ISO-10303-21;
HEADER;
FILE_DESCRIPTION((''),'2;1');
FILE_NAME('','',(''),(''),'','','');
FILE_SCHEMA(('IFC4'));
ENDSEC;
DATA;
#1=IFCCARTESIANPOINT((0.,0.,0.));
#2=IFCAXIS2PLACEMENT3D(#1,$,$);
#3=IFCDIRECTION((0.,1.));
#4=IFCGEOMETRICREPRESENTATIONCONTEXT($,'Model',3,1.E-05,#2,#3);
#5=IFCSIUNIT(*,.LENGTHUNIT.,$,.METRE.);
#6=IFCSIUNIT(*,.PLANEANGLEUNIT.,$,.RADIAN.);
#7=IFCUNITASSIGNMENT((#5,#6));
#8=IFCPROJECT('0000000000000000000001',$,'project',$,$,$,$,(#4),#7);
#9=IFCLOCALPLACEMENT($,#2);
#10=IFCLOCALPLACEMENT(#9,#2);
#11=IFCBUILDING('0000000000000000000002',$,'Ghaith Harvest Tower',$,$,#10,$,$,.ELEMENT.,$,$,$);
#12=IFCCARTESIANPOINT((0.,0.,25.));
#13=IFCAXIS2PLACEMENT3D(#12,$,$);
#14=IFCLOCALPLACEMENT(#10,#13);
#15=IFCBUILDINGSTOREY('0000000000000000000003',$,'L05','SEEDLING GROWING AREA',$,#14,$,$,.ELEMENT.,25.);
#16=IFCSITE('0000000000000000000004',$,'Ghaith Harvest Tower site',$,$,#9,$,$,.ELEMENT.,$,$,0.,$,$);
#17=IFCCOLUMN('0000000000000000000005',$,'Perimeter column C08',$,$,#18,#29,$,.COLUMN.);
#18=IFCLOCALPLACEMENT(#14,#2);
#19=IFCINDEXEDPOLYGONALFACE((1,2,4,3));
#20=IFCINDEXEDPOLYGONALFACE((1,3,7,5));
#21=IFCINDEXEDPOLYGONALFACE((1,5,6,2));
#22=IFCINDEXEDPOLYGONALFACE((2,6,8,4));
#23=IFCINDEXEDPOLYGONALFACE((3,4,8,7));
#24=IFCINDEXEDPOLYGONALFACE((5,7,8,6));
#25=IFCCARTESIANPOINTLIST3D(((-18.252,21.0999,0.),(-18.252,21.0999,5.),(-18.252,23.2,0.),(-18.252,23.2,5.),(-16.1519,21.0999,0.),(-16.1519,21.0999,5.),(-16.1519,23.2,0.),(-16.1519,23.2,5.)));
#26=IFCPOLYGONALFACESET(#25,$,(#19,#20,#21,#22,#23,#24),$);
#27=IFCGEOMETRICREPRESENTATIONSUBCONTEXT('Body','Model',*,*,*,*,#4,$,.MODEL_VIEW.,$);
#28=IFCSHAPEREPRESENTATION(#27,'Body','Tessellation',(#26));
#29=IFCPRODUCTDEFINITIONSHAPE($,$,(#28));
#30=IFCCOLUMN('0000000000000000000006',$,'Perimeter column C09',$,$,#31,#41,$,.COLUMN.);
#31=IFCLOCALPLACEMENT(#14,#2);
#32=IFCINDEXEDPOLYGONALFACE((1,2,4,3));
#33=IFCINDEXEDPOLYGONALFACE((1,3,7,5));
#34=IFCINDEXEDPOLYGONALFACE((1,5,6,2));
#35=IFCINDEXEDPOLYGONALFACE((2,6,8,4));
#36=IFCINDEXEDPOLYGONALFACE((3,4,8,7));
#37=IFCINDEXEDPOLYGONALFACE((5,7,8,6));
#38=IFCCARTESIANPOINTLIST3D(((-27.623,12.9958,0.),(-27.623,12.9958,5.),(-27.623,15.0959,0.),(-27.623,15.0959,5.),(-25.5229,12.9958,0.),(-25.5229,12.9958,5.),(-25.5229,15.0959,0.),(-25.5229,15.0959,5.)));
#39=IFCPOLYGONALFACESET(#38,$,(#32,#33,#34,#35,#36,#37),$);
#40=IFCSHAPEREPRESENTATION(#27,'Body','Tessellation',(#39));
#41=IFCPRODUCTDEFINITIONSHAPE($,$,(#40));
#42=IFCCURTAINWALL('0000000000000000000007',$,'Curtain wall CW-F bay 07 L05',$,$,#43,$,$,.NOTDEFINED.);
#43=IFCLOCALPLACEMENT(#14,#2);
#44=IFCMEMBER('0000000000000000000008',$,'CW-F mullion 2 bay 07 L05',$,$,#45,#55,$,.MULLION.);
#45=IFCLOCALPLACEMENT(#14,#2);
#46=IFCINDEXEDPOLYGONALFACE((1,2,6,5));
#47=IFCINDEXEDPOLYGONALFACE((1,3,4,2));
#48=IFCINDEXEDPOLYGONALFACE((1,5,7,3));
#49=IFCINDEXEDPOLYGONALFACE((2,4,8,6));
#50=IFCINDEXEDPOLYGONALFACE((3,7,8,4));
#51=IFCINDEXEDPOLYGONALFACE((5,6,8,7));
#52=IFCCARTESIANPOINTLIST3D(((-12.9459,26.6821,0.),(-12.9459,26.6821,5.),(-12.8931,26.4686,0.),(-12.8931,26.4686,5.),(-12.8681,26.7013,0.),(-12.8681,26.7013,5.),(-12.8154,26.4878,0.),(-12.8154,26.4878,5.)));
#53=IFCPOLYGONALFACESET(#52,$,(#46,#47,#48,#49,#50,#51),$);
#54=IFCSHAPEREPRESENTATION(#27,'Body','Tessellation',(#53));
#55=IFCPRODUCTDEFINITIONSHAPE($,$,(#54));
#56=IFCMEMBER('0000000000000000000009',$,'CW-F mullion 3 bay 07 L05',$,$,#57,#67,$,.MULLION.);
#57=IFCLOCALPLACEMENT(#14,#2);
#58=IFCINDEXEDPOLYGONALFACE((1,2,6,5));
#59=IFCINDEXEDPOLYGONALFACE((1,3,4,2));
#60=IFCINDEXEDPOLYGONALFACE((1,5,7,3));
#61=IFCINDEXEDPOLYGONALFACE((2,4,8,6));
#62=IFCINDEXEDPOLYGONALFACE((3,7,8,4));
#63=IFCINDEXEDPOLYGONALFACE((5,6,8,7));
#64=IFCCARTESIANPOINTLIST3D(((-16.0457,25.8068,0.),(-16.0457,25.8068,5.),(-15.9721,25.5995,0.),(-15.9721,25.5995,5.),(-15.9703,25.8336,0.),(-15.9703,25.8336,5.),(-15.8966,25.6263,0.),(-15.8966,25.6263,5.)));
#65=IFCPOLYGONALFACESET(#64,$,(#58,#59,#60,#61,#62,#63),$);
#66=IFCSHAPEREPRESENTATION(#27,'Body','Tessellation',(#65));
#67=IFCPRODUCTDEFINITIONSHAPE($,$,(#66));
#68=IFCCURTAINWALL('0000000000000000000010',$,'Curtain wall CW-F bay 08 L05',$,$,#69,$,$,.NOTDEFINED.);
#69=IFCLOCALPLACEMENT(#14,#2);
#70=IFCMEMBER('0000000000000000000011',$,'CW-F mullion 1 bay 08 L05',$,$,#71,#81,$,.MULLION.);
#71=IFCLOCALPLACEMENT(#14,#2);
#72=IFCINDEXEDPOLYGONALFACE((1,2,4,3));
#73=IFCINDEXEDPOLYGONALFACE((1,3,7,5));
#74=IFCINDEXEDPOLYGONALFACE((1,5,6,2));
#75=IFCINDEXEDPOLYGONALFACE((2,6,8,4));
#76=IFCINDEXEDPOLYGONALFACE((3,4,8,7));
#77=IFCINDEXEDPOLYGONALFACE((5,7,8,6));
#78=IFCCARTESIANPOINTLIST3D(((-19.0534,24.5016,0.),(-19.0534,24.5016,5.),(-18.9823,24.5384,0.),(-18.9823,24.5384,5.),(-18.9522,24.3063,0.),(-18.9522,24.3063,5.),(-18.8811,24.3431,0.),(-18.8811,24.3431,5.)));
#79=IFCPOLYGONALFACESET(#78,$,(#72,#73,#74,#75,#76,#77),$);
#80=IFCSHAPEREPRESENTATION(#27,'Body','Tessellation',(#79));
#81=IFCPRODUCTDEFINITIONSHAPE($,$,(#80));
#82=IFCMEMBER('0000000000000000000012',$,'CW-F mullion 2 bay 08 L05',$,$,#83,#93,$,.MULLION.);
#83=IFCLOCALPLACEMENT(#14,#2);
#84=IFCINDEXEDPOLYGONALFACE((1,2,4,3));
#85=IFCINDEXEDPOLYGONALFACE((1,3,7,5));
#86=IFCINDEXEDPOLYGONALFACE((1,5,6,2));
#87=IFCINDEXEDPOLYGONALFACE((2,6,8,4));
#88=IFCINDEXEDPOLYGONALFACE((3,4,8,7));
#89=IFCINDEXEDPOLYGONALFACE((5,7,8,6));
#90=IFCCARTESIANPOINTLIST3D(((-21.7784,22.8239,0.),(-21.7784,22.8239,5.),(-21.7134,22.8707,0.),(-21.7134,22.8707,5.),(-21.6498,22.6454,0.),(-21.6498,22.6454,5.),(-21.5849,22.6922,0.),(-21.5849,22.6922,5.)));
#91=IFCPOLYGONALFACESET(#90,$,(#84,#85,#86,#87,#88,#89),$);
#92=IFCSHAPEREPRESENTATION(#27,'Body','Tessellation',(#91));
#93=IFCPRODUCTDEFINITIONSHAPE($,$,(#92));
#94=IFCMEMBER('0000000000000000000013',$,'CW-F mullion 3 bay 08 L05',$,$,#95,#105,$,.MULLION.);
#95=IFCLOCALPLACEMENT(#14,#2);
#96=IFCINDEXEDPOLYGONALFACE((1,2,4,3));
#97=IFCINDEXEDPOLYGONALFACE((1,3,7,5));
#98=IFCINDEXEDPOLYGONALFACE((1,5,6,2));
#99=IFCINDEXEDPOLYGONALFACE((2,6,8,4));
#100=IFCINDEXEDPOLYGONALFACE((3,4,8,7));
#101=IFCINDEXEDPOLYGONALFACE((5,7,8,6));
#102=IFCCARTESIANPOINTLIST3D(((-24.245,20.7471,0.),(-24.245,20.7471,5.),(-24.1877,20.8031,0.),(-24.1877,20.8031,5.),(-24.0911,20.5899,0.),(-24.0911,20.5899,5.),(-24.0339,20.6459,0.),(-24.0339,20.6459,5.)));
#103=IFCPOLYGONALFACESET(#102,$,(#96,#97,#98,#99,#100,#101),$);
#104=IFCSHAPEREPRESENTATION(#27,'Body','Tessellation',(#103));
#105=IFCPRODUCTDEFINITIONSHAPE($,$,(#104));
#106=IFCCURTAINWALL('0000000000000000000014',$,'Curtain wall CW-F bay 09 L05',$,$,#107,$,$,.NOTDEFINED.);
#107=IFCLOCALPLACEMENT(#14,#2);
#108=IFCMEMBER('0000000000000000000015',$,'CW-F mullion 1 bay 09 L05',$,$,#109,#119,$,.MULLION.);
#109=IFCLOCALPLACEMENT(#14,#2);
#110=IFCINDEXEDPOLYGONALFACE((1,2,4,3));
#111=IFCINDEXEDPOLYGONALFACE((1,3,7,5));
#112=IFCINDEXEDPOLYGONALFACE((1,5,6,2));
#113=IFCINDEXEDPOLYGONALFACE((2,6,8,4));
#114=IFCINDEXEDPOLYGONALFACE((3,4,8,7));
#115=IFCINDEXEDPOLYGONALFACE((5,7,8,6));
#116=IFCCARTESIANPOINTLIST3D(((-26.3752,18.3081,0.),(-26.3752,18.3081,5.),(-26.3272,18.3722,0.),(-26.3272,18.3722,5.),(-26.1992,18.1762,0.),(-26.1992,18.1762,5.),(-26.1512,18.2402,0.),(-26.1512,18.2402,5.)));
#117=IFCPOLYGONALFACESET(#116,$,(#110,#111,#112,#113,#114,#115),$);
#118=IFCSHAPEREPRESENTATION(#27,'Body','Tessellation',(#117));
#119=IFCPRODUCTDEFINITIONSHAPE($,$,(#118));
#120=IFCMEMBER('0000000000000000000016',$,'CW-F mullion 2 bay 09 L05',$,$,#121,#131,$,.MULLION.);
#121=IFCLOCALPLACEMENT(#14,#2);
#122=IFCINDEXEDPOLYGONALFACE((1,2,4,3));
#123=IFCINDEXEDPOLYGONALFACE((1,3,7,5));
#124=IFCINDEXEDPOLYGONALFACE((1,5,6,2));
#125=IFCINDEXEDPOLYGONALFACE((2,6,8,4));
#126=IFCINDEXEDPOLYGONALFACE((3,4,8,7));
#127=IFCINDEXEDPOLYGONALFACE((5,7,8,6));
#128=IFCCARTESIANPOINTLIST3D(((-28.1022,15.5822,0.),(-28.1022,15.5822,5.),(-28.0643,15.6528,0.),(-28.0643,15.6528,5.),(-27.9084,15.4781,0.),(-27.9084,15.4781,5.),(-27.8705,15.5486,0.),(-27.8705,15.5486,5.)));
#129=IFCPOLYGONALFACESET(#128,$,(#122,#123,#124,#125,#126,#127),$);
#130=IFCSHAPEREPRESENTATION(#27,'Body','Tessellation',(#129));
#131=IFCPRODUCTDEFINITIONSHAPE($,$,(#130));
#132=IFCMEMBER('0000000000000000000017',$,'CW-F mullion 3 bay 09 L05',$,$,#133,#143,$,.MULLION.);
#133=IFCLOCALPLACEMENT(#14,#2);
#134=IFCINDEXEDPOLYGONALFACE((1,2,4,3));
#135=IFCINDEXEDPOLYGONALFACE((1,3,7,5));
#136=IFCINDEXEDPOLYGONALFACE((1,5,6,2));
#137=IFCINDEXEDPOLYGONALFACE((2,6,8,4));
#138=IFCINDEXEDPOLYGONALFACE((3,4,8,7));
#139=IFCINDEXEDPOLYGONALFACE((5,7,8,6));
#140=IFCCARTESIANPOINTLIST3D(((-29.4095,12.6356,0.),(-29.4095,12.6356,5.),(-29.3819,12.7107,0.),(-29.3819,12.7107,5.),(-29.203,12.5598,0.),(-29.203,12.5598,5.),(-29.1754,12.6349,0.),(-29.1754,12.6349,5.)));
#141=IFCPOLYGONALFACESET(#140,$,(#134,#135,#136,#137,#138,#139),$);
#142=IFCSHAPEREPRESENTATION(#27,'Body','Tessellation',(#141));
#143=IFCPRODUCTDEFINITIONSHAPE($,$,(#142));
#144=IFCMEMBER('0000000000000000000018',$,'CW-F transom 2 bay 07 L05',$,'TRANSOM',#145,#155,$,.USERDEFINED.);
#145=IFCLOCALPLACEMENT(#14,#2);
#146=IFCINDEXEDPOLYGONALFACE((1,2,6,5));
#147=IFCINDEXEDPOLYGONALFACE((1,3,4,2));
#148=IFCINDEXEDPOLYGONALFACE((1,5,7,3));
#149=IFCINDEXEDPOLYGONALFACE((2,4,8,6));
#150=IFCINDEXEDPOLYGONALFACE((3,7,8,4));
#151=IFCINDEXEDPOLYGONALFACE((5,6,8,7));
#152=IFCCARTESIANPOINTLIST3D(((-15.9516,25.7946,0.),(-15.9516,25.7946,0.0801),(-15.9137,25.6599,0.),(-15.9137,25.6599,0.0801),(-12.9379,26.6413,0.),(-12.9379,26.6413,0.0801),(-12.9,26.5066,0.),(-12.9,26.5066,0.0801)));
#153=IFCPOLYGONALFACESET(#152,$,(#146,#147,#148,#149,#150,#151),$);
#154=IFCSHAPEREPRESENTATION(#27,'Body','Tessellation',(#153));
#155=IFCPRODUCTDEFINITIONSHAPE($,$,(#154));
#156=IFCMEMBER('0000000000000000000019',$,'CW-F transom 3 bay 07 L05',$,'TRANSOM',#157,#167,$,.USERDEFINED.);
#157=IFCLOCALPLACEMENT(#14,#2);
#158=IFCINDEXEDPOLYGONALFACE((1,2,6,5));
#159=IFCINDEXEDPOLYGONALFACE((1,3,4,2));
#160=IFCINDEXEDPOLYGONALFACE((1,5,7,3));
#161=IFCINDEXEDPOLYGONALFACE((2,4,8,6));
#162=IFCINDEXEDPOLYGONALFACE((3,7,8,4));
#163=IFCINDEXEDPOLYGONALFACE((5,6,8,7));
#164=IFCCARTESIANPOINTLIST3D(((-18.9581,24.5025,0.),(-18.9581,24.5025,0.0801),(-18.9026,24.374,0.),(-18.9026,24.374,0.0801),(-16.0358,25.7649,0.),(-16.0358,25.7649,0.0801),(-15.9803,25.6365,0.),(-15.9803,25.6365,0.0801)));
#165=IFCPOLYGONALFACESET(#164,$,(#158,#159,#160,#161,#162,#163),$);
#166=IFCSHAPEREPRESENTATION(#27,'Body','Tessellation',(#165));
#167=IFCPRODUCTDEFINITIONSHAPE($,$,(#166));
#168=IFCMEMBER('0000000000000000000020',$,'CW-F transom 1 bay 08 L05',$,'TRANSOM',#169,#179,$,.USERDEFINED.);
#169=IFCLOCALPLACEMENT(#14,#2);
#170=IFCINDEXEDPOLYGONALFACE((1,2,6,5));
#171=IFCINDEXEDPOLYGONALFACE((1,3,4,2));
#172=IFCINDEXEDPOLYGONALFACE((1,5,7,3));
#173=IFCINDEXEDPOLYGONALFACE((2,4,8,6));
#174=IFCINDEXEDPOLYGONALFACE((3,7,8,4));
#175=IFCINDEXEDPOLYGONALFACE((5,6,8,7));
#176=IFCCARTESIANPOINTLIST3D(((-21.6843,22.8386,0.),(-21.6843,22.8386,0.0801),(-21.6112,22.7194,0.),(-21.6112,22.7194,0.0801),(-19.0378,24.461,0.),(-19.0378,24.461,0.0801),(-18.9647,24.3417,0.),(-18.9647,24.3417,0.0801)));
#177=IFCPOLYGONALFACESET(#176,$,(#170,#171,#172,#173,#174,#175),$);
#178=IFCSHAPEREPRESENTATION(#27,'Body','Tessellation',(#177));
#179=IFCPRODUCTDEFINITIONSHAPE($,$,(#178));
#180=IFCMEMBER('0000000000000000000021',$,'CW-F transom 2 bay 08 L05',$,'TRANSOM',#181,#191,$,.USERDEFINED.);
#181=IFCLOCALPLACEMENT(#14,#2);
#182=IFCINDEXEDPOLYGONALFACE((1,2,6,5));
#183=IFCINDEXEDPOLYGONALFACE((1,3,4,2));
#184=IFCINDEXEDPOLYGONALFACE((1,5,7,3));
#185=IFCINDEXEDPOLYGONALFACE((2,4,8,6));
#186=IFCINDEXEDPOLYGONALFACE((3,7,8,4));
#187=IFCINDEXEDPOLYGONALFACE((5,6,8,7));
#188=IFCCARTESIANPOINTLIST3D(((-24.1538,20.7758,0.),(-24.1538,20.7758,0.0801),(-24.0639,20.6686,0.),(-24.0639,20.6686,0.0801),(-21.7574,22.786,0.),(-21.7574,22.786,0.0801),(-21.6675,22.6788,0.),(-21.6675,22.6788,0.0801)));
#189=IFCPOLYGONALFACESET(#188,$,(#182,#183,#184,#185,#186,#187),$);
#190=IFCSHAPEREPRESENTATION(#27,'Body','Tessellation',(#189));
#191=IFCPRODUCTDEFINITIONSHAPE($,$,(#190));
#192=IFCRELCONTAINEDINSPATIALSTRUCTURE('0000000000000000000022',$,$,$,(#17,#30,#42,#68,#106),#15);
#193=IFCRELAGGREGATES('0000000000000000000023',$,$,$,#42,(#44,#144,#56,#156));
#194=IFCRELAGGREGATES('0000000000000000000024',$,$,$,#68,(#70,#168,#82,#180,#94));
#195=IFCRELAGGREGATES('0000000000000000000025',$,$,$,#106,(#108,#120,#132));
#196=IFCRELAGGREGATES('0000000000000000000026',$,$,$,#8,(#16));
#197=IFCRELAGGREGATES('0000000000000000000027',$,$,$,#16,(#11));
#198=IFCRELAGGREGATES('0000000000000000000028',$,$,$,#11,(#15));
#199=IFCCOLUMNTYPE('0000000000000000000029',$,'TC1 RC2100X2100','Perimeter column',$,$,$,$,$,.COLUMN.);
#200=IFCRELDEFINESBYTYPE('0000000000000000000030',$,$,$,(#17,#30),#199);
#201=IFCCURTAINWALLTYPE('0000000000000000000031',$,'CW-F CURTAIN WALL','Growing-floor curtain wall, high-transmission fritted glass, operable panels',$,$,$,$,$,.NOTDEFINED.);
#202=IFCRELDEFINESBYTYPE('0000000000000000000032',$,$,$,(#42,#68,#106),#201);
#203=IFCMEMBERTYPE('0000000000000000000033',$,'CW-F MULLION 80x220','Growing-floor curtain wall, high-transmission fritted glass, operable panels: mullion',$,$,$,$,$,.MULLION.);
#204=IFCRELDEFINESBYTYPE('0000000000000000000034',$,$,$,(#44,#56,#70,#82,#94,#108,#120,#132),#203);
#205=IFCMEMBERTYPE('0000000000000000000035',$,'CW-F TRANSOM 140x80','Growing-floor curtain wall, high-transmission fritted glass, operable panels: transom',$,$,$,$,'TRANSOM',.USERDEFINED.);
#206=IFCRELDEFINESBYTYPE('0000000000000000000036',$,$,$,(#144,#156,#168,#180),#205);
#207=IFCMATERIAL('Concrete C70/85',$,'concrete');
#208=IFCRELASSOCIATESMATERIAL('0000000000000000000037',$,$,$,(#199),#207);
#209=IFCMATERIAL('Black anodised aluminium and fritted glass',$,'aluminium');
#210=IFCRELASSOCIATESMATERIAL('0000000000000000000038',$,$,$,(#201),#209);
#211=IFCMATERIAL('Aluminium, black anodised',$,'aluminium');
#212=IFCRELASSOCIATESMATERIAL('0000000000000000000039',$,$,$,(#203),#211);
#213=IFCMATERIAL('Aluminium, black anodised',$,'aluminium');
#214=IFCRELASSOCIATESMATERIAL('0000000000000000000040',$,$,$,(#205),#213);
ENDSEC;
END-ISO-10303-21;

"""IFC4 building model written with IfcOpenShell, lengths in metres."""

from ifc_helpers import new_model, si_unit, direction, frame, origin, origin_2d, place, context, subcontext, project, spatial, rectangle, extrude, material, material_profile, profile_set, type_object, element, aggregate, save


model = new_model("IFC4")

# Units and contexts
model_context = context("Model", 3, precision=1e-05, world=origin(), true_north=direction((0.0, 1.0)))
body_context = subcontext(model_context, "Body", "Model", "MODEL_VIEW")
ifc_project = project(units=[si_unit("LENGTHUNIT", "METRE"), si_unit("PLANEANGLEUNIT", "RADIAN")], contexts=[model_context])

# Site, building, storey
site_placement = place(None, origin())
site = spatial("IfcSite", under=ifc_project, at=site_placement, Name="Ghaith Harvest Tower site", CompositionType="ELEMENT", RefElevation=0.0)
building_placement = place(site_placement, origin())
building = spatial("IfcBuilding", under=site, at=building_placement, Name="Ghaith Harvest Tower", CompositionType="ELEMENT")
storey_placement = place(building_placement, frame((0.0, 0.0, 25.0)))
storey = spatial("IfcBuildingStorey", under=building, at=storey_placement, Name="L05", Description="SEEDLING GROWING AREA", CompositionType="ELEMENT", Elevation=25.0)

# Columns
ifc_material_1 = material(Name="Concrete C70/85", Category="concrete")
ifc_material_profile_1 = material_profile(ifc_material_1, rectangle(XDim=2.1001, YDim=2.1001, at=origin_2d()), Name="RC2100X2100")
ifc_profile_set_1 = profile_set([ifc_material_profile_1], Name="Concrete C70/85")
column_type = type_object("IfcColumnType", Name="TC1 RC2100X2100", Description="Perimeter column", PredefinedType="COLUMN", material=ifc_profile_set_1)
for number, where, z_axis, x_axis, name in (
    (1, (-17.2019, 22.1499, 0.0), (0.0, 0.0, 1.0), (1.0, 0.0, 0.0), "Perimeter column C08"),
    (2, (-26.573, 14.0459, 0.0), (0.0, 0.0, 1.0), (1.0, 0.0, 0.0), "Perimeter column C09"),
):
    element("IfcColumn", number, at=place(storey_placement, frame(where, z_axis=z_axis, x_axis=x_axis)), inside=storey, type_object=column_type, Name=name, PredefinedType="COLUMN", context=body_context, shape_type="SweptSolid", body=[
        extrude(rectangle(XDim=2.1001, YDim=2.1001, at=origin_2d()), origin(), (0.0, 0.0, 1.0), 5.0),
    ])

# Curtain walls, members
ifc_material_2 = material(Name="Black anodised aluminium and fritted glass", Category="aluminium")
curtain_wall_type = type_object("IfcCurtainWallType", Name="CW-F CURTAIN WALL", Description="Growing-floor curtain wall, high-transmission fritted glass, operable panels", PredefinedType="NOTDEFINED", material=ifc_material_2)
curtain_wall_1_placement = place(storey_placement, origin())
curtain_wall_1 = element("IfcCurtainWall", 3, at=curtain_wall_1_placement, inside=storey, type_object=curtain_wall_type, Name="Curtain wall CW-F bay 07 L05", PredefinedType="NOTDEFINED")
ifc_material_3 = material(Name="Aluminium, black anodised", Category="aluminium")
ifc_material_profile_2 = material_profile(ifc_material_3, rectangle(XDim=0.0801, YDim=0.22, at=origin_2d()), Name="CW-F MULLION 80x220")
ifc_profile_set_2 = profile_set([ifc_material_profile_2], Name="Aluminium, black anodised")
member_type_1 = type_object("IfcMemberType", Name="CW-F MULLION 80x220", Description="Growing-floor curtain wall, high-transmission fritted glass, operable panels: mullion", PredefinedType="MULLION", material=ifc_profile_set_2)
member_1_placement = place(storey_placement, frame((-12.8806, 26.585, 0.0), z_axis=(0.0, 0.0, 1.0), x_axis=(-0.970825, -0.239791, 0.0)))
member_1 = element("IfcMember", 4, at=member_1_placement, type_object=member_type_1, Name="CW-F mullion 2 bay 07 L05", PredefinedType="MULLION", context=body_context, shape_type="SweptSolid", body=[
    extrude(rectangle(XDim=0.0801, YDim=0.22, at=origin_2d()), origin(), (0.0, 0.0, 1.0), 5.0),
])
member_2_placement = place(storey_placement, frame((-15.9712, 25.7166, 0.0), z_axis=(0.0, 0.0, 1.0), x_axis=(-0.942294, -0.334788, 0.0)))
member_2 = element("IfcMember", 5, at=member_2_placement, type_object=member_type_1, Name="CW-F mullion 3 bay 07 L05", PredefinedType="MULLION", context=body_context, shape_type="SweptSolid", body=[
    extrude(rectangle(XDim=0.0801, YDim=0.22, at=origin_2d()), origin(), (0.0, 0.0, 1.0), 5.0),
])
curtain_wall_2_placement = place(storey_placement, origin())
curtain_wall_2 = element("IfcCurtainWall", 6, at=curtain_wall_2_placement, inside=storey, type_object=curtain_wall_type, Name="Curtain wall CW-F bay 08 L05", PredefinedType="NOTDEFINED")
member_3_placement = place(storey_placement, frame((-18.9673, 24.4224, 0.0), z_axis=(0.0, 0.0, 1.0), x_axis=(-0.887912, -0.460013, 0.0)))
member_3 = element("IfcMember", 7, at=member_3_placement, type_object=member_type_1, Name="CW-F mullion 1 bay 08 L05", PredefinedType="MULLION", context=body_context, shape_type="SweptSolid", body=[
    extrude(rectangle(XDim=0.0801, YDim=0.22, at=origin_2d()), origin(), (0.0, 0.0, 1.0), 5.0),
])
member_4_placement = place(storey_placement, frame((-21.6816, 22.7581, 0.0), z_axis=(0.0, 0.0, 1.0), x_axis=(-0.811401, -0.58449, 0.0)))
member_4 = element("IfcMember", 8, at=member_4_placement, type_object=member_type_1, Name="CW-F mullion 2 bay 08 L05", PredefinedType="MULLION", context=body_context, shape_type="SweptSolid", body=[
    extrude(rectangle(XDim=0.0801, YDim=0.22, at=origin_2d()), origin(), (0.0, 0.0, 1.0), 5.0),
])
member_5_placement = place(storey_placement, frame((-24.1394, 20.6965, 0.0), z_axis=(0.0, 0.0, 1.0), x_axis=(-0.714663, -0.699469, 0.0)))
member_5 = element("IfcMember", 9, at=member_5_placement, type_object=member_type_1, Name="CW-F mullion 3 bay 08 L05", PredefinedType="MULLION", context=body_context, shape_type="SweptSolid", body=[
    extrude(rectangle(XDim=0.0801, YDim=0.22, at=origin_2d()), origin(), (0.0, 0.0, 1.0), 5.0),
])
curtain_wall_3_placement = place(storey_placement, origin())
curtain_wall_3 = element("IfcCurtainWall", 10, at=curtain_wall_3_placement, inside=storey, type_object=curtain_wall_type, Name="Curtain wall CW-F bay 09 L05", PredefinedType="NOTDEFINED")
member_6_placement = place(storey_placement, frame((-26.2632, 18.2742, 0.0), z_axis=(0.0, 0.0, 1.0), x_axis=(-0.599862, -0.800104, 0.0)))
member_6 = element("IfcMember", 11, at=member_6_placement, type_object=member_type_1, Name="CW-F mullion 1 bay 09 L05", PredefinedType="MULLION", context=body_context, shape_type="SweptSolid", body=[
    extrude(rectangle(XDim=0.0801, YDim=0.22, at=origin_2d()), origin(), (0.0, 0.0, 1.0), 5.0),
])
member_7_placement = place(storey_placement, frame((-27.9863, 15.5654, 0.0), z_axis=(0.0, 0.0, 1.0), x_axis=(-0.473265, -0.88092, 0.0)))
member_7 = element("IfcMember", 12, at=member_7_placement, type_object=member_type_1, Name="CW-F mullion 2 bay 09 L05", PredefinedType="MULLION", context=body_context, shape_type="SweptSolid", body=[
    extrude(rectangle(XDim=0.0801, YDim=0.22, at=origin_2d()), origin(), (0.0, 0.0, 1.0), 5.0),
])
member_8_placement = place(storey_placement, frame((-29.2925, 12.6353, 0.0), z_axis=(0.0, 0.0, 1.0), x_axis=(-0.344618, -0.938743, 0.0)))
member_8 = element("IfcMember", 13, at=member_8_placement, type_object=member_type_1, Name="CW-F mullion 3 bay 09 L05", PredefinedType="MULLION", context=body_context, shape_type="SweptSolid", body=[
    extrude(rectangle(XDim=0.0801, YDim=0.22, at=origin_2d()), origin(), (0.0, 0.0, 1.0), 5.0),
])

# Members
ifc_material_4 = material(Name="Aluminium, black anodised", Category="aluminium")
ifc_material_profile_3 = material_profile(ifc_material_4, rectangle(XDim=0.1399, YDim=0.0801, at=origin_2d()), Name="CW-F TRANSOM 140x80")
ifc_profile_set_3 = profile_set([ifc_material_profile_3], Name="Aluminium, black anodised")
member_type_2 = type_object("IfcMemberType", Name="CW-F TRANSOM 140x80", Description="Growing-floor curtain wall, high-transmission fritted glass, operable panels: transom", ElementType="TRANSOM", PredefinedType="USERDEFINED", material=ifc_profile_set_3)
member_9_placement = place(storey_placement, frame((-12.9189, 26.574, 0.04), z_axis=(-0.962727, -0.270475, 0.0), x_axis=(0.270475, -0.962727, 0.0)))
member_9 = element("IfcMember", 14, at=member_9_placement, type_object=member_type_2, Name="CW-F transom 2 bay 07 L05", ObjectType="TRANSOM", PredefinedType="USERDEFINED", context=body_context, shape_type="SweptSolid", body=[
    extrude(rectangle(XDim=0.1399, YDim=0.0801, at=origin_2d()), origin(), (0.0, 0.0, 1.0), 3.1304),
])
member_10_placement = place(storey_placement, frame((-16.0081, 25.7007, 0.04), z_axis=(-0.918003, -0.396574, 0.0), x_axis=(0.396574, -0.918003, 0.0)))
member_10 = element("IfcMember", 15, at=member_10_placement, type_object=member_type_2, Name="CW-F transom 3 bay 07 L05", ObjectType="TRANSOM", PredefinedType="USERDEFINED", context=body_context, shape_type="SweptSolid", body=[
    extrude(rectangle(XDim=0.1399, YDim=0.0801, at=origin_2d()), origin(), (0.0, 0.0, 1.0), 3.1833),
])
member_11_placement = place(storey_placement, frame((-19.0012, 24.4014, 0.04), z_axis=(-0.852562, -0.522627, 0.0), x_axis=(0.522627, -0.852562, 0.0)))
member_11 = element("IfcMember", 16, at=member_11_placement, type_object=member_type_2, Name="CW-F transom 1 bay 08 L05", ObjectType="TRANSOM", PredefinedType="USERDEFINED", context=body_context, shape_type="SweptSolid", body=[
    extrude(rectangle(XDim=0.1399, YDim=0.0801, at=origin_2d()), origin(), (0.0, 0.0, 1.0), 3.1042),
])
member_12_placement = place(storey_placement, frame((-21.7124, 22.7324, 0.04), z_axis=(-0.766144, -0.642668, 0.0), x_axis=(0.642668, -0.766144, 0.0)))
member_12 = element("IfcMember", 17, at=member_12_placement, type_object=member_type_2, Name="CW-F transom 2 bay 08 L05", ObjectType="TRANSOM", PredefinedType="USERDEFINED", context=body_context, shape_type="SweptSolid", body=[
    extrude(rectangle(XDim=0.1399, YDim=0.0801, at=origin_2d()), origin(), (0.0, 0.0, 1.0), 3.1279),
])

aggregate(curtain_wall_1, [member_1, member_9, member_2, member_10])
aggregate(curtain_wall_2, [member_3, member_11, member_4, member_12, member_5])
aggregate(curtain_wall_3, [member_6, member_7, member_8])

save(model, "model.ifc")
